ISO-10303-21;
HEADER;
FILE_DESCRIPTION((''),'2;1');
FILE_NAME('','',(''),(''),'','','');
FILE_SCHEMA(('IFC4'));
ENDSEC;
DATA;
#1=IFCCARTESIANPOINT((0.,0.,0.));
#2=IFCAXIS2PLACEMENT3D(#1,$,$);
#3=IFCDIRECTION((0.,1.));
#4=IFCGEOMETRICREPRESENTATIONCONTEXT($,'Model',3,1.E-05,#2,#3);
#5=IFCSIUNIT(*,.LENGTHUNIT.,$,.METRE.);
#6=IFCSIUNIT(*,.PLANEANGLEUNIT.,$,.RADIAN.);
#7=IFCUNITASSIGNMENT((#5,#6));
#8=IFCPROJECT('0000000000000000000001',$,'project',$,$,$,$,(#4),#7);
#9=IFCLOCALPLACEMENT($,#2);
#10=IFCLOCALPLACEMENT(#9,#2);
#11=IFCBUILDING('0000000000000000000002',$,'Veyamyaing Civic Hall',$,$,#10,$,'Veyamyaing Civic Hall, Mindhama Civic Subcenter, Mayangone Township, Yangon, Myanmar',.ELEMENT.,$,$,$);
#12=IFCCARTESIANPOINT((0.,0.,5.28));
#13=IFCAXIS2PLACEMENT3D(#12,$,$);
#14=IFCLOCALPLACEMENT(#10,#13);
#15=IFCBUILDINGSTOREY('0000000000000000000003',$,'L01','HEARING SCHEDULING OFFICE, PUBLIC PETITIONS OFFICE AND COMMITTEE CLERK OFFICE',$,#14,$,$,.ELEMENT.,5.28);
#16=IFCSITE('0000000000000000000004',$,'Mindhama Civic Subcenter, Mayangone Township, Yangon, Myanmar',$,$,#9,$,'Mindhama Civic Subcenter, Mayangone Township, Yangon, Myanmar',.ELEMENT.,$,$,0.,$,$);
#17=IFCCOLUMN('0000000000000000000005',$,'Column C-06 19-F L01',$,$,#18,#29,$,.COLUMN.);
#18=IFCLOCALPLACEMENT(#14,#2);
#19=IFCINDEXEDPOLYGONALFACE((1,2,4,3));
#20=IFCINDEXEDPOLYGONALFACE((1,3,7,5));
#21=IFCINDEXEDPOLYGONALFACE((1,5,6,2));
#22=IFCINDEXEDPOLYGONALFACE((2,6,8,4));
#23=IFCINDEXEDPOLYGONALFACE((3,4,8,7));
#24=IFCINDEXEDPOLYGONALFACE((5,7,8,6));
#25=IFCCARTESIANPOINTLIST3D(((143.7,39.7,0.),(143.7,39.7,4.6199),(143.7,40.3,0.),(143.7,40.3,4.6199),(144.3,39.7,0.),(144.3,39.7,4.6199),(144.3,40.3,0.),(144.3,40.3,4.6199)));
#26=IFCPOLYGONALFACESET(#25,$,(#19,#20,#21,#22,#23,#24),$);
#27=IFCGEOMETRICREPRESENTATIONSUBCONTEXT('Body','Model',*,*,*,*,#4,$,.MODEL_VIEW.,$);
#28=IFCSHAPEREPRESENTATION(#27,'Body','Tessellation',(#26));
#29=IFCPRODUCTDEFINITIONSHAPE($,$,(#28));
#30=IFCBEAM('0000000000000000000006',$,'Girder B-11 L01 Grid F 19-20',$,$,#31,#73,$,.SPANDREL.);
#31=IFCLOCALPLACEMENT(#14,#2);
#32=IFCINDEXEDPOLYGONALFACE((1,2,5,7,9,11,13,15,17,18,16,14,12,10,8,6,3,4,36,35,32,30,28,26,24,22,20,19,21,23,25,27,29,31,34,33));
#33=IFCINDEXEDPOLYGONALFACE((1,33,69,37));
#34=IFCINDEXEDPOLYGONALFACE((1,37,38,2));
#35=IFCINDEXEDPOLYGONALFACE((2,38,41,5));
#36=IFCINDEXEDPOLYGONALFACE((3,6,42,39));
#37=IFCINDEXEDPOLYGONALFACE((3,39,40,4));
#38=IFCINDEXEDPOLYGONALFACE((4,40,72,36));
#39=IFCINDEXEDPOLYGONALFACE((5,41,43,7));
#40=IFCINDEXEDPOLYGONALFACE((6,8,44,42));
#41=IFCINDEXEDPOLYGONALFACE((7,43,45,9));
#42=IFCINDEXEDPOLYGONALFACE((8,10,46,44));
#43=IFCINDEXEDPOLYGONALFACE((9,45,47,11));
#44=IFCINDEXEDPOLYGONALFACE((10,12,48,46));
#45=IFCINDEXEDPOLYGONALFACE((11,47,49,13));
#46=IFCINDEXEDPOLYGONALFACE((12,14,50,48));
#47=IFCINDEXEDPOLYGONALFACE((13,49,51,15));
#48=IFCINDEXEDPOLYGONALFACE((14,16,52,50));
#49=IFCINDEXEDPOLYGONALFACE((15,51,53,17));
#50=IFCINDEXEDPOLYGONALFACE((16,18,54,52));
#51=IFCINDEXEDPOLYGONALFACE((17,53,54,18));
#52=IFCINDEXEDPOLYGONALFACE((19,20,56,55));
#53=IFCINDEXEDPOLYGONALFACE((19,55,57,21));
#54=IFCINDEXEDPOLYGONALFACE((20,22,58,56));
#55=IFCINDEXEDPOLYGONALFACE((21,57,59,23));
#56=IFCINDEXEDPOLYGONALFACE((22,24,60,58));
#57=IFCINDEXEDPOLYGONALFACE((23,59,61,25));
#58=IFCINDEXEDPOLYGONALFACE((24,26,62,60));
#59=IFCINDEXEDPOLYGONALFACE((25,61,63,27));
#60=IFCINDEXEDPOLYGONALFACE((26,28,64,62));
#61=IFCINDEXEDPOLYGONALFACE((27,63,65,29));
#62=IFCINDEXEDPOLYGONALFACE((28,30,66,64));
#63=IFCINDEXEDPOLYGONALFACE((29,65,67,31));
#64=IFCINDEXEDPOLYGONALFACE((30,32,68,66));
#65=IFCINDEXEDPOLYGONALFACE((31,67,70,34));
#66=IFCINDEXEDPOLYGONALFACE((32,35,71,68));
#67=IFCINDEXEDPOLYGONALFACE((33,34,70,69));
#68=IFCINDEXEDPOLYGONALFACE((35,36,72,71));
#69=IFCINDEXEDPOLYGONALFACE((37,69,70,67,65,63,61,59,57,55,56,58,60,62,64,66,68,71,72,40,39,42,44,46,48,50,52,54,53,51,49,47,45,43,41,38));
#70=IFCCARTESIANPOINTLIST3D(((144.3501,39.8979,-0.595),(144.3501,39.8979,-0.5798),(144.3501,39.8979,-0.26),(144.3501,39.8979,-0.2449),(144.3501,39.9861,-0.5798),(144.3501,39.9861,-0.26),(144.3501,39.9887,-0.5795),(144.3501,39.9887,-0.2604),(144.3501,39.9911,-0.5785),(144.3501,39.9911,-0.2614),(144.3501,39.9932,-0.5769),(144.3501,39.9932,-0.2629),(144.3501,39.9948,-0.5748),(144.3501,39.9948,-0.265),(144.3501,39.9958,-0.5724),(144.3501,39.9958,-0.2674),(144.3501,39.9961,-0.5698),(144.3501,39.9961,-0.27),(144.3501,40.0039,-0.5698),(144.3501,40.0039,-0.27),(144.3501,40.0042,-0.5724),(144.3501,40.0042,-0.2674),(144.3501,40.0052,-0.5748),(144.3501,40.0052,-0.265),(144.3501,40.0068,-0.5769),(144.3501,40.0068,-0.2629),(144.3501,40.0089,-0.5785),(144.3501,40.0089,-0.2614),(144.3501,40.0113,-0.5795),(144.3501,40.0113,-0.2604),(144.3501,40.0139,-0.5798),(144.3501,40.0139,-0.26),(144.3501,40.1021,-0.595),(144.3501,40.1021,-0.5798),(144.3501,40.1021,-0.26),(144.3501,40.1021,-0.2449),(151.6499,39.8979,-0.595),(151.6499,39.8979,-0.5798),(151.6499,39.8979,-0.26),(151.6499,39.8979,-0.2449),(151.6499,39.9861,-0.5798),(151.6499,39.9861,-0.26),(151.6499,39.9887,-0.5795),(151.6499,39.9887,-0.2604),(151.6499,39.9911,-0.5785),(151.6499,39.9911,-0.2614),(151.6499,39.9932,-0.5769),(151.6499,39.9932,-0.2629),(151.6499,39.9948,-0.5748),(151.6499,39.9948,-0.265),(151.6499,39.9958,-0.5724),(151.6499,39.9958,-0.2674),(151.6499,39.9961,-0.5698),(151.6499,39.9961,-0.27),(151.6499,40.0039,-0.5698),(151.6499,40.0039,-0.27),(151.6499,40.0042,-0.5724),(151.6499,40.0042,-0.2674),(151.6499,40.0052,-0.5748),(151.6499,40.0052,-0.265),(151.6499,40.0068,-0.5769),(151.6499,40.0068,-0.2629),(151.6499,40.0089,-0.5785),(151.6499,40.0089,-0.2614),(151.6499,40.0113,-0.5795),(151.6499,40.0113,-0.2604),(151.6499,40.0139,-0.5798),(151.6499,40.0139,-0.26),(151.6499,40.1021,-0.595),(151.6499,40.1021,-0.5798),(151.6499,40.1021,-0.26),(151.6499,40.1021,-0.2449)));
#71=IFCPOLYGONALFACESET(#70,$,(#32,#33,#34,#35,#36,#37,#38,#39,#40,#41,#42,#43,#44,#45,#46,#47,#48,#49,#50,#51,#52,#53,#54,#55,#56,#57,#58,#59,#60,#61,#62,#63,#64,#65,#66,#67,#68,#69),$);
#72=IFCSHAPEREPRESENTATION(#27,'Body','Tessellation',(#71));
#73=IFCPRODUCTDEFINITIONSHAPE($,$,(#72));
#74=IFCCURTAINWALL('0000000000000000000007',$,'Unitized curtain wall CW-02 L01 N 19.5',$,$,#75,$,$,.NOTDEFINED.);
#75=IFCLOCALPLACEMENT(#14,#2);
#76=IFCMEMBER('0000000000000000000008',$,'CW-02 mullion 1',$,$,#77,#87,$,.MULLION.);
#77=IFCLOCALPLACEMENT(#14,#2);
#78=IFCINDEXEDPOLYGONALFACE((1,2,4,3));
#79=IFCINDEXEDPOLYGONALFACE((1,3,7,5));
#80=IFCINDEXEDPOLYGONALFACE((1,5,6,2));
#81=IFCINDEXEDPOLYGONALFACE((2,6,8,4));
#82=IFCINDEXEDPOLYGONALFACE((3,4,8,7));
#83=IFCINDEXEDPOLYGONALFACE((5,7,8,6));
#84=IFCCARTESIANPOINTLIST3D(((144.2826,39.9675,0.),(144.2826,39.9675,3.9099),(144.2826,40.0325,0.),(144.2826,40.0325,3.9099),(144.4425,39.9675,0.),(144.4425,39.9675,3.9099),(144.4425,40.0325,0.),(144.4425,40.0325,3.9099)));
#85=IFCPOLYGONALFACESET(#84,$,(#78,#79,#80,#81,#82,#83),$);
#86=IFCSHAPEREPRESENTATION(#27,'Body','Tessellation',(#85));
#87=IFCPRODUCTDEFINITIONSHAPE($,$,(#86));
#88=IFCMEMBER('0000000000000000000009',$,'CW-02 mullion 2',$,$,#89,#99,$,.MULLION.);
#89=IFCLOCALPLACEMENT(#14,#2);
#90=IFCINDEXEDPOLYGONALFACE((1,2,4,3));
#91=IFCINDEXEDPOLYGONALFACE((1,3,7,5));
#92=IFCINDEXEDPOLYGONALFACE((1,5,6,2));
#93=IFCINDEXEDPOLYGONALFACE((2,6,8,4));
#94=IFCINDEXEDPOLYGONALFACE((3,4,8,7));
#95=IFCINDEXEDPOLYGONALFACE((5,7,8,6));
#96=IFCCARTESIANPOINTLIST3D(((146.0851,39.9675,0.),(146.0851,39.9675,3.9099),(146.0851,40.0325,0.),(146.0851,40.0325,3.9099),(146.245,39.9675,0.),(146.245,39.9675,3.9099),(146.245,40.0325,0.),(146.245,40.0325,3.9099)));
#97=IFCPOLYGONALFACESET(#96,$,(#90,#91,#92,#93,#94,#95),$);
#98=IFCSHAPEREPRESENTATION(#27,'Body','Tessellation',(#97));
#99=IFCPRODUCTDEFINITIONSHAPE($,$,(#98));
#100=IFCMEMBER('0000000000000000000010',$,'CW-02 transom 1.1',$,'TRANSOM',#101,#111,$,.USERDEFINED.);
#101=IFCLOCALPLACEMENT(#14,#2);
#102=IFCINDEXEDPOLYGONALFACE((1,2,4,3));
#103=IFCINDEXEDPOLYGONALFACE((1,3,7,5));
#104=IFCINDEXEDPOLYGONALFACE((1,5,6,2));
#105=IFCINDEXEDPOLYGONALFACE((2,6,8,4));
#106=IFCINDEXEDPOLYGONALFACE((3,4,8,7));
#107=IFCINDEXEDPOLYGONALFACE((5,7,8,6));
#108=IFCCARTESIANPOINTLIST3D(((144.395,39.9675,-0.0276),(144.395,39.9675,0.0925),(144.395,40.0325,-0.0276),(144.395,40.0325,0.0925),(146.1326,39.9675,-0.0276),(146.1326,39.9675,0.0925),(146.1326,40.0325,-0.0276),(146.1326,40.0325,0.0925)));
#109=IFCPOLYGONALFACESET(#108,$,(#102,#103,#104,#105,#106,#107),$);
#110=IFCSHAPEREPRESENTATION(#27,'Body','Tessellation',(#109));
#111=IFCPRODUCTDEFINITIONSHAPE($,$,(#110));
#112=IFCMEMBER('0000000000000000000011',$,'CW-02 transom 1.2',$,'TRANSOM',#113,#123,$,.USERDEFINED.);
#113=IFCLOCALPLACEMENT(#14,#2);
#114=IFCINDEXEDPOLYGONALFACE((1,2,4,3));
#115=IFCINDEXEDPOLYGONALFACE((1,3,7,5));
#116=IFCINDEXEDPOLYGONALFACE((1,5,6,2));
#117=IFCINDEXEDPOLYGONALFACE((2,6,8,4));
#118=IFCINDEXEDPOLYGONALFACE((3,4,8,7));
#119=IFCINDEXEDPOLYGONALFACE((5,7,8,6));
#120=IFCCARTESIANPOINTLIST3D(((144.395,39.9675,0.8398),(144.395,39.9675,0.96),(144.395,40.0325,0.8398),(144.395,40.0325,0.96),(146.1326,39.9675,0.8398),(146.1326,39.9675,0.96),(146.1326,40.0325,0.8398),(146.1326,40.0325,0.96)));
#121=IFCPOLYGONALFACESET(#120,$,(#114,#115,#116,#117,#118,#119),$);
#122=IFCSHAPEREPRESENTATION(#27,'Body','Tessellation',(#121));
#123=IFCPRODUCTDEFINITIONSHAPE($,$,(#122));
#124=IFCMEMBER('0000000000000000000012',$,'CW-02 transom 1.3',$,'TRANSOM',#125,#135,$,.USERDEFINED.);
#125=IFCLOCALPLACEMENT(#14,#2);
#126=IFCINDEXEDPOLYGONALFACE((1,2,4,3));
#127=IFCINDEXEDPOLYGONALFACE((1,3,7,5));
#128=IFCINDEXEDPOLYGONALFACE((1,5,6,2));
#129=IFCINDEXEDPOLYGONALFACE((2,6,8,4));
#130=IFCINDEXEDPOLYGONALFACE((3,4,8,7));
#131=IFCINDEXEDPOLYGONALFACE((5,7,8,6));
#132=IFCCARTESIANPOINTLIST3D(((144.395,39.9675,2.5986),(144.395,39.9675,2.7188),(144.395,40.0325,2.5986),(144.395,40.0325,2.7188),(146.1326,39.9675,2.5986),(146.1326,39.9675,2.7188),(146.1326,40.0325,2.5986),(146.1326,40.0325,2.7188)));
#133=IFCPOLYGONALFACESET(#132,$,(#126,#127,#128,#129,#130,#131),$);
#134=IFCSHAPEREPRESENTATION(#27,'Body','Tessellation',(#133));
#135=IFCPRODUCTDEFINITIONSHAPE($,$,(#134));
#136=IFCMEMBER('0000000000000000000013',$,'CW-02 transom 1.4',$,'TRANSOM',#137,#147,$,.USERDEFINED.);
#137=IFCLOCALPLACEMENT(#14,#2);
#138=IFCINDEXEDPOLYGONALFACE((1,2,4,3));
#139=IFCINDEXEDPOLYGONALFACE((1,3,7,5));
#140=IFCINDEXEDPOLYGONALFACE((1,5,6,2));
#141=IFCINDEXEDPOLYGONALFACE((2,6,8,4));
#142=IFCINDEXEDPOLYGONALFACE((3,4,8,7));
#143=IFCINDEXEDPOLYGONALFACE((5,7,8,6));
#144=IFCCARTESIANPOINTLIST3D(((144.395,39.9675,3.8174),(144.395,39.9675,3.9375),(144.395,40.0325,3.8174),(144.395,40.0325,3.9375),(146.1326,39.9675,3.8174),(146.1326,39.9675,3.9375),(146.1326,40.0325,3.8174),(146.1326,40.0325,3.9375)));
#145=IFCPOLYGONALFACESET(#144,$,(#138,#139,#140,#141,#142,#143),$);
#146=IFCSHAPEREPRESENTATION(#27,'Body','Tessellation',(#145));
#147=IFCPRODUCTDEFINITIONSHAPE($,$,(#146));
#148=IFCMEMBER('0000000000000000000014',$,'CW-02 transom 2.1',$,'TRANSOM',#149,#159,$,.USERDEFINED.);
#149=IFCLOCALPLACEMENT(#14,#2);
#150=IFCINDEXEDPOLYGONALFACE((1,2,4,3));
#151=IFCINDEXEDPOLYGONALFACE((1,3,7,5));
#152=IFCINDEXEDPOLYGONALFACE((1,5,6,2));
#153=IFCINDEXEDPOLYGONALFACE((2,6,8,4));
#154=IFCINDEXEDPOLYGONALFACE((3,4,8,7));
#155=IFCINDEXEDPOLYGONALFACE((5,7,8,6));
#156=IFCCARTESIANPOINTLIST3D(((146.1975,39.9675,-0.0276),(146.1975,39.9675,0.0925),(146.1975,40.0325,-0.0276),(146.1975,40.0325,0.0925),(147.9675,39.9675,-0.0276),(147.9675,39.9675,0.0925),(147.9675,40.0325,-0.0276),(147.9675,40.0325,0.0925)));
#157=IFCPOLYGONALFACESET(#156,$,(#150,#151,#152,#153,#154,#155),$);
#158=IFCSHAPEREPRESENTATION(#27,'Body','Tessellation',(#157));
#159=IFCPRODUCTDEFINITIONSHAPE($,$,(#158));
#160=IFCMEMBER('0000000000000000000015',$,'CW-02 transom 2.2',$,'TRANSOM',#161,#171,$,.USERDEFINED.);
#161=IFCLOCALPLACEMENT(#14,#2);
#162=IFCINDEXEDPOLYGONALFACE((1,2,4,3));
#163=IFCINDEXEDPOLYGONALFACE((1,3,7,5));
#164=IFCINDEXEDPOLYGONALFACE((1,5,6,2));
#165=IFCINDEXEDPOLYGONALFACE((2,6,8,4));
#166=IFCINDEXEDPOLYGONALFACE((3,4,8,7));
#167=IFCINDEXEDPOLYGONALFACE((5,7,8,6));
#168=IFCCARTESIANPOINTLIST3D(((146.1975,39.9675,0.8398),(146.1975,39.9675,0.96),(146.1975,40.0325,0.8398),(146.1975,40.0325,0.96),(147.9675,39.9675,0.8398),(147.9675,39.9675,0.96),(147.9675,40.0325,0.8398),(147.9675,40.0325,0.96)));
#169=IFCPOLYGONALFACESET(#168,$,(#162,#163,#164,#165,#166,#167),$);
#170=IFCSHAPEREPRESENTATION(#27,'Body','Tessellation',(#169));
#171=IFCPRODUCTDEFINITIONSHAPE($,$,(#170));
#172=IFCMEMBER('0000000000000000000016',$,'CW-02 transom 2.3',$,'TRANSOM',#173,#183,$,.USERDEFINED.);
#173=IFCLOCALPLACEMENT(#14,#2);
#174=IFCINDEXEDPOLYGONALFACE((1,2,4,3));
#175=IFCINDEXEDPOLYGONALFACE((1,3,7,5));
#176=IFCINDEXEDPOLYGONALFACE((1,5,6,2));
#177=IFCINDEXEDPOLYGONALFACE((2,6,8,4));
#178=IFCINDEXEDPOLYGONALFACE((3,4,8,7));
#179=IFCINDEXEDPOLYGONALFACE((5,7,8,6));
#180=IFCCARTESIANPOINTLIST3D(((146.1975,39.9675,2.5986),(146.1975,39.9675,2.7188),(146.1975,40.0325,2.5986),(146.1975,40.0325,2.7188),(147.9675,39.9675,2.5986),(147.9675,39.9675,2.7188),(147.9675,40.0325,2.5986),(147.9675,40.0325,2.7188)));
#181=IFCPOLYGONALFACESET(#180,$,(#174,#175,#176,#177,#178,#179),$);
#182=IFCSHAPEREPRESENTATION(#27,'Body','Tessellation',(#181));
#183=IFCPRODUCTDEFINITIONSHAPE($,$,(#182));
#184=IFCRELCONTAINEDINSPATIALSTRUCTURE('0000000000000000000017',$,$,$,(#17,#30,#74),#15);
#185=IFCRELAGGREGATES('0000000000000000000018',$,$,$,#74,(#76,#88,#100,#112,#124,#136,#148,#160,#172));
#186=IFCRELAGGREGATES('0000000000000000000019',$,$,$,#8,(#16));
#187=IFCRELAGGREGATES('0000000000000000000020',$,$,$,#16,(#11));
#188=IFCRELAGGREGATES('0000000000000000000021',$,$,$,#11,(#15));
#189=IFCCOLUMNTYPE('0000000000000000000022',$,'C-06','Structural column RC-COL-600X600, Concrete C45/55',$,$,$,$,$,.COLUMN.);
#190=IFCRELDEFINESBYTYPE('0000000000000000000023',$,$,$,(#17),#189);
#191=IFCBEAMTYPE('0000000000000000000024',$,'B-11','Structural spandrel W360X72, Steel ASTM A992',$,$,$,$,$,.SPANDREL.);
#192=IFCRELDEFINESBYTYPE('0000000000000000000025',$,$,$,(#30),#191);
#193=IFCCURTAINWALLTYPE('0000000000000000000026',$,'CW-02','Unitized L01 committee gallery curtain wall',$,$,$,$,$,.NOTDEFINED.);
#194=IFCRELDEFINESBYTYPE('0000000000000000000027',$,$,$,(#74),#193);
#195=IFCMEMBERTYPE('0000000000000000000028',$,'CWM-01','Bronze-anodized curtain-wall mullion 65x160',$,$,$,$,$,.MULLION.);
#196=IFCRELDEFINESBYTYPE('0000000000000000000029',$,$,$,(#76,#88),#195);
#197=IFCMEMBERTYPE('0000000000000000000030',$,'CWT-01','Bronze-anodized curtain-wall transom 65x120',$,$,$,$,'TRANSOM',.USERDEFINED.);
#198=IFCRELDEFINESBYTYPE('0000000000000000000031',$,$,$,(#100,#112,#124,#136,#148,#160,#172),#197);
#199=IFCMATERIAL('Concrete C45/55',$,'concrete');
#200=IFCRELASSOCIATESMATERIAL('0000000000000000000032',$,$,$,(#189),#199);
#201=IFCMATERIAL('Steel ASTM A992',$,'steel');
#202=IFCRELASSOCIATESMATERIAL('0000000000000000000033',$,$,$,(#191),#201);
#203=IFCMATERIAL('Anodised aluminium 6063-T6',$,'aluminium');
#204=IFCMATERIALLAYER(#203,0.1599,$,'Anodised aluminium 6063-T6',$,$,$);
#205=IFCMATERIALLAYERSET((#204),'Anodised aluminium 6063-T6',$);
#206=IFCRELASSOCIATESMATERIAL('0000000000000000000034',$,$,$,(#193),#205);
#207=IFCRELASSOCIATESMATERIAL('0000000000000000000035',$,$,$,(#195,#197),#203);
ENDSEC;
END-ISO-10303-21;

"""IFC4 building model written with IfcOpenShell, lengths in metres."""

from ifc_helpers import new_model, si_unit, direction, frame, origin, origin_2d, place, context, subcontext, project, spatial, rectangle, i_section, extrude, material, layer, layer_set, material_profile, profile_set, type_object, element, aggregate, save


model = new_model("IFC4")

# Units and contexts
model_context = context("Model", 3, precision=1e-05, world=origin(), true_north=direction((0.0, 1.0)))
body_context = subcontext(model_context, "Body", "Model", "MODEL_VIEW")
ifc_project = project(units=[si_unit("LENGTHUNIT", "METRE"), si_unit("PLANEANGLEUNIT", "RADIAN")], contexts=[model_context])

# Site, building, storey
site_placement = place(None, origin())
site = spatial("IfcSite", under=ifc_project, at=site_placement, Name="Mindhama Civic Subcenter, Mayangone Township, Yangon, Myanmar", LongName="Mindhama Civic Subcenter, Mayangone Township, Yangon, Myanmar", CompositionType="ELEMENT", RefElevation=0.0)
building_placement = place(site_placement, origin())
building = spatial("IfcBuilding", under=site, at=building_placement, Name="Veyamyaing Civic Hall", LongName="Veyamyaing Civic Hall, Mindhama Civic Subcenter, Mayangone Township, Yangon, Myanmar", CompositionType="ELEMENT")
storey_placement = place(building_placement, frame((0.0, 0.0, 5.28)))
storey = spatial("IfcBuildingStorey", under=building, at=storey_placement, Name="L01", Description="HEARING SCHEDULING OFFICE, PUBLIC PETITIONS OFFICE AND COMMITTEE CLERK OFFICE", CompositionType="ELEMENT", Elevation=5.28)

# Column
ifc_material_1 = material(Name="Concrete C45/55", Category="concrete")
ifc_material_profile_1 = material_profile(ifc_material_1, rectangle(XDim=0.6001, YDim=0.6001, at=origin_2d()), Name="RC-COL-600X600")
ifc_profile_set_1 = profile_set([ifc_material_profile_1], Name="Concrete C45/55")
column_type = type_object("IfcColumnType", Name="C-06", Description="Structural column RC-COL-600X600, Concrete C45/55", PredefinedType="COLUMN", material=ifc_profile_set_1)
column_placement = place(storey_placement, frame((144.0, 40.0, 0.0), z_axis=(0.0, 0.0, 1.0), x_axis=(1.0, 0.0, 0.0)))
element("IfcColumn", 1, at=column_placement, inside=storey, type_object=column_type, Name="Column C-06 19-F L01", PredefinedType="COLUMN", context=body_context, shape_type="SweptSolid", body=[
    extrude(rectangle(XDim=0.6001, YDim=0.6001, at=origin_2d()), origin(), (0.0, 0.0, 1.0), 4.6199),
])

# Beam
ifc_material_2 = material(Name="Steel ASTM A992", Category="steel")
ifc_material_profile_2 = material_profile(ifc_material_2, i_section(OverallWidth=0.2041, OverallDepth=0.3501, WebThickness=0.0078, FlangeThickness=0.0151, FilletRadius=0.01, at=origin_2d()), Name="W360X72")
ifc_profile_set_2 = profile_set([ifc_material_profile_2], Name="Steel ASTM A992")
beam_type_1 = type_object("IfcBeamType", Name="B-11", Description="Structural spandrel W360X72, Steel ASTM A992", PredefinedType="SPANDREL", material=ifc_profile_set_2)
beam_1_placement = place(storey_placement, frame((144.3501, 40.0, -0.4199), z_axis=(1.0, 0.0, 0.0), x_axis=(0.0, 1.0, 0.0)))
element("IfcBeam", 2, at=beam_1_placement, inside=storey, type_object=beam_type_1, Name="Girder B-11 L01 Grid F 19-20", PredefinedType="SPANDREL", context=body_context, shape_type="SweptSolid", body=[
    extrude(i_section(OverallWidth=0.2041, OverallDepth=0.3501, WebThickness=0.0078, FlangeThickness=0.0151, FilletRadius=0.01, at=origin_2d()), origin(), (0.0, 0.0, 1.0), 7.2998),
])

# Curtain wall, members
ifc_material_3 = material(Name="Anodised aluminium 6063-T6", Category="aluminium")
ifc_layer_1 = layer(ifc_material_3, 0.1599, Name="Anodised aluminium 6063-T6")
ifc_layer_set_1 = layer_set([ifc_layer_1], Name="Anodised aluminium 6063-T6")
curtain_wall_type = type_object("IfcCurtainWallType", Name="CW-02", Description="Unitized L01 committee gallery curtain wall", PredefinedType="NOTDEFINED", material=ifc_layer_set_1)
curtain_wall_placement = place(storey_placement, origin())
curtain_wall = element("IfcCurtainWall", 3, at=curtain_wall_placement, inside=storey, type_object=curtain_wall_type, Name="Unitized curtain wall CW-02 L01 N 19.5", PredefinedType="NOTDEFINED")
ifc_material_profile_3 = material_profile(ifc_material_3, rectangle(XDim=0.0649, YDim=0.1599, at=origin_2d()), Name="ALU-MUL-65X160")
ifc_profile_set_3 = profile_set([ifc_material_profile_3], Name="Anodised aluminium 6063-T6")
member_type_1 = type_object("IfcMemberType", Name="CWM-01", Description="Bronze-anodized curtain-wall mullion 65x160", PredefinedType="MULLION", material=ifc_profile_set_3)
member_1_placement = place(storey_placement, frame((144.3625, 40.0, 0.0), z_axis=(0.0, 0.0, 1.0), x_axis=(0.0, 1.0, 0.0)))
member_1 = element("IfcMember", 4, at=member_1_placement, type_object=member_type_1, Name="CW-02 mullion 1", PredefinedType="MULLION", context=body_context, shape_type="SweptSolid", body=[
    extrude(rectangle(XDim=0.0649, YDim=0.1599, at=origin_2d()), origin(), (0.0, 0.0, 1.0), 3.9099),
])
member_2_placement = place(storey_placement, frame((146.165, 40.0, 0.0), z_axis=(0.0, 0.0, 1.0), x_axis=(0.0, 1.0, 0.0)))
member_2 = element("IfcMember", 5, at=member_2_placement, type_object=member_type_1, Name="CW-02 mullion 2", PredefinedType="MULLION", context=body_context, shape_type="SweptSolid", body=[
    extrude(rectangle(XDim=0.0649, YDim=0.1599, at=origin_2d()), origin(), (0.0, 0.0, 1.0), 3.9099),
])
ifc_material_profile_4 = material_profile(ifc_material_3, rectangle(XDim=0.0649, YDim=0.1201, at=origin_2d()), Name="ALU-TRN-65X120")
ifc_profile_set_4 = profile_set([ifc_material_profile_4], Name="Anodised aluminium 6063-T6")
member_type_2 = type_object("IfcMemberType", Name="CWT-01", Description="Bronze-anodized curtain-wall transom 65x120", ElementType="TRANSOM", PredefinedType="USERDEFINED", material=ifc_profile_set_4)
member_3_placement = place(storey_placement, frame((144.395, 40.0, 0.0325), z_axis=(1.0, 0.0, 0.0), x_axis=(0.0, 1.0, 0.0)))
member_3 = element("IfcMember", 6, at=member_3_placement, type_object=member_type_2, Name="CW-02 transom 1.1", ObjectType="TRANSOM", PredefinedType="USERDEFINED", context=body_context, shape_type="SweptSolid", body=[
    extrude(rectangle(XDim=0.0649, YDim=0.1201, at=origin_2d()), origin(), (0.0, 0.0, 1.0), 1.7375),
])
member_4_placement = place(storey_placement, frame((144.395, 40.0, 0.8999), z_axis=(1.0, 0.0, 0.0), x_axis=(0.0, 1.0, 0.0)))
member_4 = element("IfcMember", 7, at=member_4_placement, type_object=member_type_2, Name="CW-02 transom 1.2", ObjectType="TRANSOM", PredefinedType="USERDEFINED", context=body_context, shape_type="SweptSolid", body=[
    extrude(rectangle(XDim=0.0649, YDim=0.1201, at=origin_2d()), origin(), (0.0, 0.0, 1.0), 1.7375),
])
member_5_placement = place(storey_placement, frame((144.395, 40.0, 2.6587), z_axis=(1.0, 0.0, 0.0), x_axis=(0.0, 1.0, 0.0)))
member_5 = element("IfcMember", 8, at=member_5_placement, type_object=member_type_2, Name="CW-02 transom 1.3", ObjectType="TRANSOM", PredefinedType="USERDEFINED", context=body_context, shape_type="SweptSolid", body=[
    extrude(rectangle(XDim=0.0649, YDim=0.1201, at=origin_2d()), origin(), (0.0, 0.0, 1.0), 1.7375),
])
member_6_placement = place(storey_placement, frame((144.395, 40.0, 3.8774), z_axis=(1.0, 0.0, 0.0), x_axis=(0.0, 1.0, 0.0)))
member_6 = element("IfcMember", 9, at=member_6_placement, type_object=member_type_2, Name="CW-02 transom 1.4", ObjectType="TRANSOM", PredefinedType="USERDEFINED", context=body_context, shape_type="SweptSolid", body=[
    extrude(rectangle(XDim=0.0649, YDim=0.1201, at=origin_2d()), origin(), (0.0, 0.0, 1.0), 1.7375),
])
member_7_placement = place(storey_placement, frame((146.1975, 40.0, 0.0325), z_axis=(1.0, 0.0, 0.0), x_axis=(0.0, 1.0, 0.0)))
member_7 = element("IfcMember", 10, at=member_7_placement, type_object=member_type_2, Name="CW-02 transom 2.1", ObjectType="TRANSOM", PredefinedType="USERDEFINED", context=body_context, shape_type="SweptSolid", body=[
    extrude(rectangle(XDim=0.0649, YDim=0.1201, at=origin_2d()), origin(), (0.0, 0.0, 1.0), 1.77),
])
member_8_placement = place(storey_placement, frame((146.1975, 40.0, 0.8999), z_axis=(1.0, 0.0, 0.0), x_axis=(0.0, 1.0, 0.0)))
member_8 = element("IfcMember", 11, at=member_8_placement, type_object=member_type_2, Name="CW-02 transom 2.2", ObjectType="TRANSOM", PredefinedType="USERDEFINED", context=body_context, shape_type="SweptSolid", body=[
    extrude(rectangle(XDim=0.0649, YDim=0.1201, at=origin_2d()), origin(), (0.0, 0.0, 1.0), 1.77),
])
member_9_placement = place(storey_placement, frame((146.1975, 40.0, 2.6587), z_axis=(1.0, 0.0, 0.0), x_axis=(0.0, 1.0, 0.0)))
member_9 = element("IfcMember", 12, at=member_9_placement, type_object=member_type_2, Name="CW-02 transom 2.3", ObjectType="TRANSOM", PredefinedType="USERDEFINED", context=body_context, shape_type="SweptSolid", body=[
    extrude(rectangle(XDim=0.0649, YDim=0.1201, at=origin_2d()), origin(), (0.0, 0.0, 1.0), 1.77),
])

aggregate(curtain_wall, [member_1, member_2, member_3, member_4, member_5, member_6, member_7, member_8, member_9])

save(model, "model.ifc")
